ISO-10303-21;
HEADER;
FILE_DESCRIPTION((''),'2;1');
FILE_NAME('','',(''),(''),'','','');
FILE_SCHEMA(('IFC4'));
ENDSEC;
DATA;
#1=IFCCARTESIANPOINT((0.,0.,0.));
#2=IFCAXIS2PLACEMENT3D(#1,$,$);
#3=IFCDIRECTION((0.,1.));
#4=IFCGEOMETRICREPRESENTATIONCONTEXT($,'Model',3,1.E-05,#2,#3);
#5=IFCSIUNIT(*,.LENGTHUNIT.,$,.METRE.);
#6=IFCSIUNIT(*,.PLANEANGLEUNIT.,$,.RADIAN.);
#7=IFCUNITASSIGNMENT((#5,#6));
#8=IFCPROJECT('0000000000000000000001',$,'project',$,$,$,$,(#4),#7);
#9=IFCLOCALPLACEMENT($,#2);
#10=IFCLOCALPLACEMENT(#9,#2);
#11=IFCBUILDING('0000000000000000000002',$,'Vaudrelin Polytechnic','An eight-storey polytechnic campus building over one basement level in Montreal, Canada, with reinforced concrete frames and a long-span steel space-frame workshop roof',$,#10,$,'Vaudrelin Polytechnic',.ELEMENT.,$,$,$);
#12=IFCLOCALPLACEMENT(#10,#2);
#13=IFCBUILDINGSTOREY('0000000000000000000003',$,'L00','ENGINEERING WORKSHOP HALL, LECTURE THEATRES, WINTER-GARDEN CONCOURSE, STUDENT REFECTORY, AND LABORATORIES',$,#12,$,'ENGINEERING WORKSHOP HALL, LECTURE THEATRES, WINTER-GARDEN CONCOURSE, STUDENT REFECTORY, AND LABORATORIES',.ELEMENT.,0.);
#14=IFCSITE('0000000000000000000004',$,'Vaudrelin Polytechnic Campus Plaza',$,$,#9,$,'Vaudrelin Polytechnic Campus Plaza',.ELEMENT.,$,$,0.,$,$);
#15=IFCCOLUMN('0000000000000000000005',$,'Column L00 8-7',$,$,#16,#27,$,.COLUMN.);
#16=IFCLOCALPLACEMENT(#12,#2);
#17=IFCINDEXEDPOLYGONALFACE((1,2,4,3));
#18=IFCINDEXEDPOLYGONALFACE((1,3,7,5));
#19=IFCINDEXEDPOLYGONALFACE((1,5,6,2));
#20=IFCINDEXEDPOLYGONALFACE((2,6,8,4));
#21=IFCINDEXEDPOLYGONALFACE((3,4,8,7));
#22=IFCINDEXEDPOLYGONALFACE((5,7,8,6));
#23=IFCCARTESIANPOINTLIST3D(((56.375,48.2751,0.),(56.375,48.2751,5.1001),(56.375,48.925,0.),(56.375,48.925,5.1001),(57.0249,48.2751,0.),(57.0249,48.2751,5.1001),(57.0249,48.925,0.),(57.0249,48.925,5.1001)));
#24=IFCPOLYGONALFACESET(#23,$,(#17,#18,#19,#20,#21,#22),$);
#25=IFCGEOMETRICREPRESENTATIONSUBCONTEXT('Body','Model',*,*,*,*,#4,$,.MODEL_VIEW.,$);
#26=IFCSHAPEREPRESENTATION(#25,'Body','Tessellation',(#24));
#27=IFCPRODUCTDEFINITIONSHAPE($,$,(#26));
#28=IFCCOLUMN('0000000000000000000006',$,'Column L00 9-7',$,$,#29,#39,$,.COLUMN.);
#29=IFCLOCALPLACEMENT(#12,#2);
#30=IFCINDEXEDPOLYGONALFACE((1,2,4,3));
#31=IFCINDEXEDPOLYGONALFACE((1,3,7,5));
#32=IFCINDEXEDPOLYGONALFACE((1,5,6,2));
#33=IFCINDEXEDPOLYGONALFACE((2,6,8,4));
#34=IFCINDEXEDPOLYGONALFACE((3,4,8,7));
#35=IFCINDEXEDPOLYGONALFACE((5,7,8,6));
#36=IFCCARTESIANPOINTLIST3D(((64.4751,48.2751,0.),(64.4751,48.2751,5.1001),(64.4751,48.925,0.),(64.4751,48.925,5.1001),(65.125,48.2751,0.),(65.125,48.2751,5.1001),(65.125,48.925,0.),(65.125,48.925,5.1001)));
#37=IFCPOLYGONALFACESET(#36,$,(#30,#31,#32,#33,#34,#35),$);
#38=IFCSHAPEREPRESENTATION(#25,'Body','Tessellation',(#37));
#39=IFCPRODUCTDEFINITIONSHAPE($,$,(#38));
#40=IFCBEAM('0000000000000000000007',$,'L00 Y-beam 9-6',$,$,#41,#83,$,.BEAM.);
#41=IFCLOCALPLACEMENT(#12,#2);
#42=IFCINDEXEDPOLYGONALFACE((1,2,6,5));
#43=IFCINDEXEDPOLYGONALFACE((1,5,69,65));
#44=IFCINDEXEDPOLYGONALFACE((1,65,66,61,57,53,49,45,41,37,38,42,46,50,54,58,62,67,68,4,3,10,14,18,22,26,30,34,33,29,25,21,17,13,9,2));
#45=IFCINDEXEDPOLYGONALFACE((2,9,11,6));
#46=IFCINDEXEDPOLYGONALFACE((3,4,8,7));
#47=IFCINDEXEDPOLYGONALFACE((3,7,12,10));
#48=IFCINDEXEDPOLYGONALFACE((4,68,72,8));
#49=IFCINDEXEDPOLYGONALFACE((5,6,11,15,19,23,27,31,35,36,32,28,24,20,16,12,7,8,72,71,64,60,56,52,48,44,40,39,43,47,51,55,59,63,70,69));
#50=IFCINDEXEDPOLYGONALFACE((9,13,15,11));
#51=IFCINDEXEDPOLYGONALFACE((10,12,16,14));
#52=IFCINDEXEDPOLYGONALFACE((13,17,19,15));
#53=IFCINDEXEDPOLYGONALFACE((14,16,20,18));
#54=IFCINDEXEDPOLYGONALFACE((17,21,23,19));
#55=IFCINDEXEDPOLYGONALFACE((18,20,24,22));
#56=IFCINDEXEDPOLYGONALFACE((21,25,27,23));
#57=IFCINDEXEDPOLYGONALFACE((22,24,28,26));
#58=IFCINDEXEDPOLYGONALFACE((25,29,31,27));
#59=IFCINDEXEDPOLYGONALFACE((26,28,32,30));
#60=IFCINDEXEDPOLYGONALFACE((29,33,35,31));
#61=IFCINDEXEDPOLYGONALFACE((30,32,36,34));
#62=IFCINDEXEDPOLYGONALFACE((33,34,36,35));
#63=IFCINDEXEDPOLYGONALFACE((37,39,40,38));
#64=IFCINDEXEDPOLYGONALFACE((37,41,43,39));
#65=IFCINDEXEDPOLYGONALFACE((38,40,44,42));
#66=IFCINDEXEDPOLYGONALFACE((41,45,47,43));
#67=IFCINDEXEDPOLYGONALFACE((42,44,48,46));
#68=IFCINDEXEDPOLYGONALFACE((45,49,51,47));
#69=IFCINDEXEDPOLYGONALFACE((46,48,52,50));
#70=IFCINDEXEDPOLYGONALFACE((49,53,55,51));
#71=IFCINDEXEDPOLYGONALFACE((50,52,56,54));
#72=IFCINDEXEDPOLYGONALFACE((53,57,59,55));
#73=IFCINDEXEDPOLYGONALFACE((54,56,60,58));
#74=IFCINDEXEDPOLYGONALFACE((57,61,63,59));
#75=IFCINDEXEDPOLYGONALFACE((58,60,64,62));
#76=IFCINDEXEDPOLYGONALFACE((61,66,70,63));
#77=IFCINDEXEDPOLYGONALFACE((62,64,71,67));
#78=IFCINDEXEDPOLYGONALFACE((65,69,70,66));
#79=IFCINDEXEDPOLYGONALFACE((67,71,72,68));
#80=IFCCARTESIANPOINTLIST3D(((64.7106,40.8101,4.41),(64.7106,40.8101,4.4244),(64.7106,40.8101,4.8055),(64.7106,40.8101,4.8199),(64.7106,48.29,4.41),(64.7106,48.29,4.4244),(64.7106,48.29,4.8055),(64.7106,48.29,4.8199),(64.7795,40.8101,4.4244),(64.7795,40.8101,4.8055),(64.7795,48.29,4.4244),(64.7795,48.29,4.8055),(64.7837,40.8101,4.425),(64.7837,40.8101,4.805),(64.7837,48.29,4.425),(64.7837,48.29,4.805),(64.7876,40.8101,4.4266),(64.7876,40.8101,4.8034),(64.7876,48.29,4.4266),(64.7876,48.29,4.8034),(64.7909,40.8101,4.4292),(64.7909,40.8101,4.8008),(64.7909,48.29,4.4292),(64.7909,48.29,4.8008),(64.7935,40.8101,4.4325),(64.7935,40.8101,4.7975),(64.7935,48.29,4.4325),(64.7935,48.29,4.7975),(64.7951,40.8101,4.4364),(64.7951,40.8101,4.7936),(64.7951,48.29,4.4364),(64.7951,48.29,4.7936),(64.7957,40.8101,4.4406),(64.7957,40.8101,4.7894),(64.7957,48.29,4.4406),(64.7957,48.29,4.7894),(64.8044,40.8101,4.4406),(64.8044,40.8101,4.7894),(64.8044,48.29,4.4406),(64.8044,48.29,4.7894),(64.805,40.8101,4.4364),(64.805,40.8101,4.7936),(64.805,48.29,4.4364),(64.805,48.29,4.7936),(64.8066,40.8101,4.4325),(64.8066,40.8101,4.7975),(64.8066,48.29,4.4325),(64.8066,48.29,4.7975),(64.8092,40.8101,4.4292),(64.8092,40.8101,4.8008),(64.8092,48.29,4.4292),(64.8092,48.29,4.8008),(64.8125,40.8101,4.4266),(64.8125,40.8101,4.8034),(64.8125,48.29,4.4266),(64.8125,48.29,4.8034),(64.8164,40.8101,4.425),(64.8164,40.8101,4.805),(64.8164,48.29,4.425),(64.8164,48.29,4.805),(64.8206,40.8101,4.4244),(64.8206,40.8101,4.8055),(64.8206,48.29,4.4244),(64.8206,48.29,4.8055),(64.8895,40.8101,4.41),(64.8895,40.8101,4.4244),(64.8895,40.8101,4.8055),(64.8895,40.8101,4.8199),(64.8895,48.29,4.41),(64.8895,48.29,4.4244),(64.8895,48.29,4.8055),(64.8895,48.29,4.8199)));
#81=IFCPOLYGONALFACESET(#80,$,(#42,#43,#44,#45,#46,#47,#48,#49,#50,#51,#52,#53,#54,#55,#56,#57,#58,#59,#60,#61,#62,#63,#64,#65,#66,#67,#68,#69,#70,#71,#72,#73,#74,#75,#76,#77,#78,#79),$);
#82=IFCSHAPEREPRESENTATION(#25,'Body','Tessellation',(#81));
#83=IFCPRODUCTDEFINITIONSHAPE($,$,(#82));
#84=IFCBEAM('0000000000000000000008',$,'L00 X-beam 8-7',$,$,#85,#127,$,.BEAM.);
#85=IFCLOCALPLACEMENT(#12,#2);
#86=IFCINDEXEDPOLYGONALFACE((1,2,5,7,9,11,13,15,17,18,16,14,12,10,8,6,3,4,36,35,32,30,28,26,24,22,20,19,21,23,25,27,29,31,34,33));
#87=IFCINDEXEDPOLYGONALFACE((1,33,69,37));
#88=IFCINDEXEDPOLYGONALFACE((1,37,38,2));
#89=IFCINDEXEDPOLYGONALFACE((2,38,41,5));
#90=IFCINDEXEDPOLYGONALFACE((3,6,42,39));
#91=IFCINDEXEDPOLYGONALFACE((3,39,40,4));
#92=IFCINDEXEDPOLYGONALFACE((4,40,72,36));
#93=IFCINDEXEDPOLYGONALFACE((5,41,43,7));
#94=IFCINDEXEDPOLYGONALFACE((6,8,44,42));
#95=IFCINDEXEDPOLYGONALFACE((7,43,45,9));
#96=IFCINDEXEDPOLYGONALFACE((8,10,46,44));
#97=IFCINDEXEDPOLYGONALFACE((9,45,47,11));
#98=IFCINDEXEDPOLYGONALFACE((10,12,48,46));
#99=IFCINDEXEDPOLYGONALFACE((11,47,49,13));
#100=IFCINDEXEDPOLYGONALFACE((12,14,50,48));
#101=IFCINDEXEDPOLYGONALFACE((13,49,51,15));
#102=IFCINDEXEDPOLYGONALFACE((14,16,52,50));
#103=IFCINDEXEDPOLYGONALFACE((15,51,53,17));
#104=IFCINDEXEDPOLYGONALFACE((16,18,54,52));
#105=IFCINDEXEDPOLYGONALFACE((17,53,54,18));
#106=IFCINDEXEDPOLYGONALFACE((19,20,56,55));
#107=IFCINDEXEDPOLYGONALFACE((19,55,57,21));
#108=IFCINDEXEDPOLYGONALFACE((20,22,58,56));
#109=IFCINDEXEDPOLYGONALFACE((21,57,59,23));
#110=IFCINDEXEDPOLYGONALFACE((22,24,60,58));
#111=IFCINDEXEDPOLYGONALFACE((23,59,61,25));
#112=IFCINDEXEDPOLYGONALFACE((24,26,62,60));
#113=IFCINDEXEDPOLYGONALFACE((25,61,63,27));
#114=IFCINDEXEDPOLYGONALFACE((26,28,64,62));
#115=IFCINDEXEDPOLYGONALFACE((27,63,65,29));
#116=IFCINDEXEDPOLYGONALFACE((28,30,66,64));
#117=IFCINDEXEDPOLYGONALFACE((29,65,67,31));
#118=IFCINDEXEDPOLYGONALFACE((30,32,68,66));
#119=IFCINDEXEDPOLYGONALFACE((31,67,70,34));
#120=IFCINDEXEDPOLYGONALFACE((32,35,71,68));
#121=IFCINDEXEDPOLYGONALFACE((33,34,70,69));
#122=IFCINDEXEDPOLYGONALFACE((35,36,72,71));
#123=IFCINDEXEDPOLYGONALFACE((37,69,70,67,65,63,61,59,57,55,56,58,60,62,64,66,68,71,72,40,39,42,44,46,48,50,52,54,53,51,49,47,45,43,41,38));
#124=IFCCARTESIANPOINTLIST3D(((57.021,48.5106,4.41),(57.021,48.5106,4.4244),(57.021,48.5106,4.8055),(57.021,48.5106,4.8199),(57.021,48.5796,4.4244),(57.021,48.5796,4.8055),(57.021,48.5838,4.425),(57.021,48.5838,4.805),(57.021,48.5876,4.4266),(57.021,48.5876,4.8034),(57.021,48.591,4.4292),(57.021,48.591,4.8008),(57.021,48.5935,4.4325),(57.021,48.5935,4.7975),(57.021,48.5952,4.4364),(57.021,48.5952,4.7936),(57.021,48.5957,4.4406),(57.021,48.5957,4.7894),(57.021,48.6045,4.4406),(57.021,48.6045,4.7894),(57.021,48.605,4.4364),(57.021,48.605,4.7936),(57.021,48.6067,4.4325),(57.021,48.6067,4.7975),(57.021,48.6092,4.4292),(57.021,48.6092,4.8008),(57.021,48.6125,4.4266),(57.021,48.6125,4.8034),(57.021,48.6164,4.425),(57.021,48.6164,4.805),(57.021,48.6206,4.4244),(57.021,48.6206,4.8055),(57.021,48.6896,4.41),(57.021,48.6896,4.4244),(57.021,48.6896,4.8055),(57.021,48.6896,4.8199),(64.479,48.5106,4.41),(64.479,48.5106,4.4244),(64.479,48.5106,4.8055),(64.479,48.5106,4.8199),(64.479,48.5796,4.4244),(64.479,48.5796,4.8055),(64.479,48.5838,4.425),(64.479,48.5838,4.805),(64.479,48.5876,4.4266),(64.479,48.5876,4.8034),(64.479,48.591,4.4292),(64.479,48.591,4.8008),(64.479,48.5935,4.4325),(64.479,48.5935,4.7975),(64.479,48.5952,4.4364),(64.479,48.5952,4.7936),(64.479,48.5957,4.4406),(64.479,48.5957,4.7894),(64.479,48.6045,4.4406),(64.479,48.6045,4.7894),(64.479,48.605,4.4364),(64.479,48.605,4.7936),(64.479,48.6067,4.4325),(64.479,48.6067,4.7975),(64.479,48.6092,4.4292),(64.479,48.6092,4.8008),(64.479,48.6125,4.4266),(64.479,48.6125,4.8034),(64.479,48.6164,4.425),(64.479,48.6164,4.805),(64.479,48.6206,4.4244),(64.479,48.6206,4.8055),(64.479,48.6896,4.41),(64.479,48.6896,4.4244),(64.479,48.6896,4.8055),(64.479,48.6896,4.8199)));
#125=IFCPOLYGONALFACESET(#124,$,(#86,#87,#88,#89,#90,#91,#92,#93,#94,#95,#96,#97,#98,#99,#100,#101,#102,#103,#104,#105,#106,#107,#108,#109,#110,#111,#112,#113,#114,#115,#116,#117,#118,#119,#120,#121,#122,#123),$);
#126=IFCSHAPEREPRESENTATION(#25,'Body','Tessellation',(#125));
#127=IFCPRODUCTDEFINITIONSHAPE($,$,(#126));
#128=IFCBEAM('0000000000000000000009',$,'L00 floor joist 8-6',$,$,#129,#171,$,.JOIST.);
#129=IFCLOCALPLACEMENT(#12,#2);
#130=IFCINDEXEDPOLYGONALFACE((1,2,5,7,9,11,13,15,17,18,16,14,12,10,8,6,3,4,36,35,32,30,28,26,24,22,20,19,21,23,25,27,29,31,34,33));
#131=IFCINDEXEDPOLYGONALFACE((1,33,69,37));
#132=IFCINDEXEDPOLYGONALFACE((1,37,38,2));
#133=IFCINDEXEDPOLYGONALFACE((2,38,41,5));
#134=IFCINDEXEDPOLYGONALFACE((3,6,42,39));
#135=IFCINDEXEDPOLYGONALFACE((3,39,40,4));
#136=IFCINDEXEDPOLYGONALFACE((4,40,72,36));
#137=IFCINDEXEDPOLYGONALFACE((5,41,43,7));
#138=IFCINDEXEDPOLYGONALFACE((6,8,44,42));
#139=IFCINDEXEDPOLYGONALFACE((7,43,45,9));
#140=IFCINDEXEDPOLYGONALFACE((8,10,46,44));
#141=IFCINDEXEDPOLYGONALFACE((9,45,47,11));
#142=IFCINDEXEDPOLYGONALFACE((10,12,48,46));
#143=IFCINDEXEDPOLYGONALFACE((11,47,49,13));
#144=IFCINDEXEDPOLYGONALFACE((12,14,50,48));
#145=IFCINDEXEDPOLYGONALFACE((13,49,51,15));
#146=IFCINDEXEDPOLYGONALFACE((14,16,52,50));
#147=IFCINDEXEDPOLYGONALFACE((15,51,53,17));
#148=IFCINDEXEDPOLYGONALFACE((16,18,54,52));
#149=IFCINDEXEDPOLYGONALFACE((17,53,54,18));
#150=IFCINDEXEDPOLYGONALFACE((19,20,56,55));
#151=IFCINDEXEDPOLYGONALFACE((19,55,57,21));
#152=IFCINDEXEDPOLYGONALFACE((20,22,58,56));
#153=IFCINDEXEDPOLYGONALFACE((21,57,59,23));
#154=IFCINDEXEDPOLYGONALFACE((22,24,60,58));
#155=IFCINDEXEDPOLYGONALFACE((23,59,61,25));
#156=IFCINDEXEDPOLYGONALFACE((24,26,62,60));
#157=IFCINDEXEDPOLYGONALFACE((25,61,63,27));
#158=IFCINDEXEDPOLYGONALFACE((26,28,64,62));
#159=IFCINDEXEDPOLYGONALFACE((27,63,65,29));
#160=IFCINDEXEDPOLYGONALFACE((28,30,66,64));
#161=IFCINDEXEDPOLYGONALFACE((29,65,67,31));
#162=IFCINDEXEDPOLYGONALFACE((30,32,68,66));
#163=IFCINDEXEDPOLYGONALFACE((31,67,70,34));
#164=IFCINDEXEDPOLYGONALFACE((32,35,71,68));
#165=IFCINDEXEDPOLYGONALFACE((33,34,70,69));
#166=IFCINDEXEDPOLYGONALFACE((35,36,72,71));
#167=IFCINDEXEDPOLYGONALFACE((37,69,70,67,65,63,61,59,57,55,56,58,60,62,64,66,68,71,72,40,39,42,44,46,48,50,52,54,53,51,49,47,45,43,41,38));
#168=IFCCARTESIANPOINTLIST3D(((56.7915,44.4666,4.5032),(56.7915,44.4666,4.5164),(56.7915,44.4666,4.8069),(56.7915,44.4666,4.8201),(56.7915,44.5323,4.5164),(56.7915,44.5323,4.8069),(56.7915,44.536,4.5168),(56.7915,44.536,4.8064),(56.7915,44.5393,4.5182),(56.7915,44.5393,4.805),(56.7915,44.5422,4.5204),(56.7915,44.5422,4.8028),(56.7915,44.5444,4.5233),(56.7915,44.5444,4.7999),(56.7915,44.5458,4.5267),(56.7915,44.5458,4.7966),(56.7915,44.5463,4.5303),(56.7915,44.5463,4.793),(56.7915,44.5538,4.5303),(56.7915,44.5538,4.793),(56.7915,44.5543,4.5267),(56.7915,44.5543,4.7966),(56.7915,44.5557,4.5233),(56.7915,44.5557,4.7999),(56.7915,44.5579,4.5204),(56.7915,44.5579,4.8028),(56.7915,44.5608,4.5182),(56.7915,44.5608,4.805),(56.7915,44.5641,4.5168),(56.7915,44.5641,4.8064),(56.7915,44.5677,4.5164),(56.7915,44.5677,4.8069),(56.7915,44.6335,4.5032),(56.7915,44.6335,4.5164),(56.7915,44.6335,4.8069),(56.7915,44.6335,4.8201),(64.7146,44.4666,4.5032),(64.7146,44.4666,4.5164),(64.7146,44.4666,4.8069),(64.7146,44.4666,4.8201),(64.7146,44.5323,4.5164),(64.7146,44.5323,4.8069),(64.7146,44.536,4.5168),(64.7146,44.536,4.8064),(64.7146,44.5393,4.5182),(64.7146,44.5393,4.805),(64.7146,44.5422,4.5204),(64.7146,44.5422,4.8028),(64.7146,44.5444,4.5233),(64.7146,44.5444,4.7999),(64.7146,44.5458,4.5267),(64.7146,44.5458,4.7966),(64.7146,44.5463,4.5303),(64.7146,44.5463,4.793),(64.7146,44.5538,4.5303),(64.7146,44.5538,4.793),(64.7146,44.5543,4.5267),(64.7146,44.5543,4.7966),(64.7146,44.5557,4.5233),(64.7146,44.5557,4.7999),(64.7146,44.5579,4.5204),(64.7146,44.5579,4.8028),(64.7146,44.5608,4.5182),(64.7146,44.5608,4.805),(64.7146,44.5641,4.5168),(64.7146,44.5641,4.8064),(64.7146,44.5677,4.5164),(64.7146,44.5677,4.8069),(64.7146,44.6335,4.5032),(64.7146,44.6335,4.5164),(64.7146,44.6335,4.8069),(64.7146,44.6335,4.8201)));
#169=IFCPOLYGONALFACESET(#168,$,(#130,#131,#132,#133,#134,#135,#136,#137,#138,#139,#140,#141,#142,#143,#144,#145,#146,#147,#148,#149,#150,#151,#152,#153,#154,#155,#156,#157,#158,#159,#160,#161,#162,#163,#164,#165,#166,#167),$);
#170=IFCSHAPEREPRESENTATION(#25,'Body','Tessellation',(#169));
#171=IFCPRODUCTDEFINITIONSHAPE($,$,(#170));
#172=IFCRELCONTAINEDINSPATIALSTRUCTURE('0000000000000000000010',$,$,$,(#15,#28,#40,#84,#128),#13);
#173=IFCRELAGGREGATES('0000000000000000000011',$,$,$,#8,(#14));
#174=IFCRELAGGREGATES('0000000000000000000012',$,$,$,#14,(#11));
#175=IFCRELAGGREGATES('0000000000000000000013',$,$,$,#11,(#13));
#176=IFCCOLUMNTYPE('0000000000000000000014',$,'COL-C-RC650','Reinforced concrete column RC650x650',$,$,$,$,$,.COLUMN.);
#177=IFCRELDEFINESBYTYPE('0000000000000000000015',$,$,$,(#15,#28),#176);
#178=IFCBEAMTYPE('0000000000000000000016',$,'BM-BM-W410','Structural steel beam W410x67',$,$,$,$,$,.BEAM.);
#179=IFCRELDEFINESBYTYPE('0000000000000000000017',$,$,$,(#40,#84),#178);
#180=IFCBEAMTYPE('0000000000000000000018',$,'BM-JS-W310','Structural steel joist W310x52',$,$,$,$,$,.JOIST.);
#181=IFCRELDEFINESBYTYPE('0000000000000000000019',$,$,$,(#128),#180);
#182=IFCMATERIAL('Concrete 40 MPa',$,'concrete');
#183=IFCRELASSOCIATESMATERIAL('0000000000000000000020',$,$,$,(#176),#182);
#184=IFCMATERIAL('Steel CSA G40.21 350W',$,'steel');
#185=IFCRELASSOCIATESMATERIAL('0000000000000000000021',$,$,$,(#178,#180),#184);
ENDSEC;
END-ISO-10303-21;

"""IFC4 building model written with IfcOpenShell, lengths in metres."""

from ifc_helpers import new_model, si_unit, direction, frame, origin, origin_2d, place, context, subcontext, project, spatial, rectangle, i_section, extrude, material, material_profile, profile_set, type_object, element, save


model = new_model("IFC4")

# Units and contexts
model_context = context("Model", 3, precision=1e-05, world=origin(), true_north=direction((0.0, 1.0)))
body_context = subcontext(model_context, "Body", "Model", "MODEL_VIEW")
ifc_project = project(units=[si_unit("LENGTHUNIT", "METRE"), si_unit("PLANEANGLEUNIT", "RADIAN")], contexts=[model_context])

# Site, building, storey
site_placement = place(None, origin())
site = spatial("IfcSite", under=ifc_project, at=site_placement, Name="Vaudrelin Polytechnic Campus Plaza", LongName="Vaudrelin Polytechnic Campus Plaza", CompositionType="ELEMENT", RefElevation=0.0)
building_placement = place(site_placement, origin())
building = spatial("IfcBuilding", under=site, at=building_placement, Name="Vaudrelin Polytechnic", Description="An eight-storey polytechnic campus building over one basement level in Montreal, Canada, with reinforced concrete frames and a long-span steel space-frame workshop roof", LongName="Vaudrelin Polytechnic", CompositionType="ELEMENT")
storey_placement = place(building_placement, origin())
storey = spatial("IfcBuildingStorey", under=building, at=storey_placement, Name="L00", Description="ENGINEERING WORKSHOP HALL, LECTURE THEATRES, WINTER-GARDEN CONCOURSE, STUDENT REFECTORY, AND LABORATORIES", LongName="ENGINEERING WORKSHOP HALL, LECTURE THEATRES, WINTER-GARDEN CONCOURSE, STUDENT REFECTORY, AND LABORATORIES", CompositionType="ELEMENT", Elevation=0.0)

# Columns
ifc_material_1 = material(Name="Concrete 40 MPa", Category="concrete")
ifc_material_profile_1 = material_profile(ifc_material_1, rectangle(XDim=0.6499, YDim=0.6499, at=origin_2d()), Name="RC650x650")
ifc_profile_set_1 = profile_set([ifc_material_profile_1], Name="Concrete 40 MPa")
column_type = type_object("IfcColumnType", Name="COL-C-RC650", Description="Reinforced concrete column RC650x650", PredefinedType="COLUMN", material=ifc_profile_set_1)
for number, where, z_axis, x_axis, name in (
    (1, (56.7, 48.6001, 0.0), (0.0, 0.0, 1.0), (1.0, 0.0, 0.0), "Column L00 8-7"),
    (2, (64.8, 48.6001, 0.0), (0.0, 0.0, 1.0), (1.0, 0.0, 0.0), "Column L00 9-7"),
):
    element("IfcColumn", number, at=place(storey_placement, frame(where, z_axis=z_axis, x_axis=x_axis)), inside=storey, type_object=column_type, Name=name, PredefinedType="COLUMN", context=body_context, shape_type="SweptSolid", body=[
        extrude(rectangle(XDim=0.6499, YDim=0.6499, at=origin_2d()), origin(), (0.0, 0.0, 1.0), 5.1001),
    ])

# Beams
ifc_material_2 = material(Name="Steel CSA G40.21 350W", Category="steel")
ifc_material_profile_2 = material_profile(ifc_material_2, i_section(OverallWidth=0.179, OverallDepth=0.4099, WebThickness=0.0088, FlangeThickness=0.0144, FilletRadius=0.0161, at=origin_2d()), Name="W410x67")
ifc_profile_set_2 = profile_set([ifc_material_profile_2], Name="Steel CSA G40.21 350W")
beam_type_1 = type_object("IfcBeamType", Name="BM-BM-W410", Description="Structural steel beam W410x67", PredefinedType="BEAM", material=ifc_profile_set_2)
beam_1_placement = place(storey_placement, frame((64.8, 40.8101, 4.615), z_axis=(0.0, 1.0, 0.0), x_axis=(-1.0, 0.0, 0.0)))
element("IfcBeam", 3, at=beam_1_placement, inside=storey, type_object=beam_type_1, Name="L00 Y-beam 9-6", PredefinedType="BEAM", context=body_context, shape_type="SweptSolid", body=[
    extrude(i_section(OverallWidth=0.179, OverallDepth=0.4099, WebThickness=0.0088, FlangeThickness=0.0144, FilletRadius=0.0161, at=origin_2d()), origin(), (0.0, 0.0, 1.0), 7.48),
])
beam_2_placement = place(storey_placement, frame((57.021, 48.6001, 4.615), z_axis=(1.0, 0.0, 0.0), x_axis=(0.0, 1.0, 0.0)))
element("IfcBeam", 4, at=beam_2_placement, inside=storey, type_object=beam_type_1, Name="L00 X-beam 8-7", PredefinedType="BEAM", context=body_context, shape_type="SweptSolid", body=[
    extrude(i_section(OverallWidth=0.179, OverallDepth=0.4099, WebThickness=0.0088, FlangeThickness=0.0144, FilletRadius=0.0161, at=origin_2d()), origin(), (0.0, 0.0, 1.0), 7.458),
])
ifc_material_profile_3 = material_profile(ifc_material_2, i_section(OverallWidth=0.167, OverallDepth=0.3169, WebThickness=0.0076, FlangeThickness=0.0132, FilletRadius=0.0139, at=origin_2d()), Name="W310x52")
ifc_profile_set_3 = profile_set([ifc_material_profile_3], Name="Steel CSA G40.21 350W")
beam_type_2 = type_object("IfcBeamType", Name="BM-JS-W310", Description="Structural steel joist W310x52", PredefinedType="JOIST", material=ifc_profile_set_3)
beam_3_placement = place(storey_placement, frame((56.7915, 44.55, 4.6616), z_axis=(1.0, 0.0, 0.0), x_axis=(0.0, 1.0, 0.0)))
element("IfcBeam", 5, at=beam_3_placement, inside=storey, type_object=beam_type_2, Name="L00 floor joist 8-6", PredefinedType="JOIST", context=body_context, shape_type="SweptSolid", body=[
    extrude(i_section(OverallWidth=0.167, OverallDepth=0.3169, WebThickness=0.0076, FlangeThickness=0.0132, FilletRadius=0.0139, at=origin_2d()), origin(), (0.0, 0.0, 1.0), 7.9231),
])

save(model, "model.ifc")
